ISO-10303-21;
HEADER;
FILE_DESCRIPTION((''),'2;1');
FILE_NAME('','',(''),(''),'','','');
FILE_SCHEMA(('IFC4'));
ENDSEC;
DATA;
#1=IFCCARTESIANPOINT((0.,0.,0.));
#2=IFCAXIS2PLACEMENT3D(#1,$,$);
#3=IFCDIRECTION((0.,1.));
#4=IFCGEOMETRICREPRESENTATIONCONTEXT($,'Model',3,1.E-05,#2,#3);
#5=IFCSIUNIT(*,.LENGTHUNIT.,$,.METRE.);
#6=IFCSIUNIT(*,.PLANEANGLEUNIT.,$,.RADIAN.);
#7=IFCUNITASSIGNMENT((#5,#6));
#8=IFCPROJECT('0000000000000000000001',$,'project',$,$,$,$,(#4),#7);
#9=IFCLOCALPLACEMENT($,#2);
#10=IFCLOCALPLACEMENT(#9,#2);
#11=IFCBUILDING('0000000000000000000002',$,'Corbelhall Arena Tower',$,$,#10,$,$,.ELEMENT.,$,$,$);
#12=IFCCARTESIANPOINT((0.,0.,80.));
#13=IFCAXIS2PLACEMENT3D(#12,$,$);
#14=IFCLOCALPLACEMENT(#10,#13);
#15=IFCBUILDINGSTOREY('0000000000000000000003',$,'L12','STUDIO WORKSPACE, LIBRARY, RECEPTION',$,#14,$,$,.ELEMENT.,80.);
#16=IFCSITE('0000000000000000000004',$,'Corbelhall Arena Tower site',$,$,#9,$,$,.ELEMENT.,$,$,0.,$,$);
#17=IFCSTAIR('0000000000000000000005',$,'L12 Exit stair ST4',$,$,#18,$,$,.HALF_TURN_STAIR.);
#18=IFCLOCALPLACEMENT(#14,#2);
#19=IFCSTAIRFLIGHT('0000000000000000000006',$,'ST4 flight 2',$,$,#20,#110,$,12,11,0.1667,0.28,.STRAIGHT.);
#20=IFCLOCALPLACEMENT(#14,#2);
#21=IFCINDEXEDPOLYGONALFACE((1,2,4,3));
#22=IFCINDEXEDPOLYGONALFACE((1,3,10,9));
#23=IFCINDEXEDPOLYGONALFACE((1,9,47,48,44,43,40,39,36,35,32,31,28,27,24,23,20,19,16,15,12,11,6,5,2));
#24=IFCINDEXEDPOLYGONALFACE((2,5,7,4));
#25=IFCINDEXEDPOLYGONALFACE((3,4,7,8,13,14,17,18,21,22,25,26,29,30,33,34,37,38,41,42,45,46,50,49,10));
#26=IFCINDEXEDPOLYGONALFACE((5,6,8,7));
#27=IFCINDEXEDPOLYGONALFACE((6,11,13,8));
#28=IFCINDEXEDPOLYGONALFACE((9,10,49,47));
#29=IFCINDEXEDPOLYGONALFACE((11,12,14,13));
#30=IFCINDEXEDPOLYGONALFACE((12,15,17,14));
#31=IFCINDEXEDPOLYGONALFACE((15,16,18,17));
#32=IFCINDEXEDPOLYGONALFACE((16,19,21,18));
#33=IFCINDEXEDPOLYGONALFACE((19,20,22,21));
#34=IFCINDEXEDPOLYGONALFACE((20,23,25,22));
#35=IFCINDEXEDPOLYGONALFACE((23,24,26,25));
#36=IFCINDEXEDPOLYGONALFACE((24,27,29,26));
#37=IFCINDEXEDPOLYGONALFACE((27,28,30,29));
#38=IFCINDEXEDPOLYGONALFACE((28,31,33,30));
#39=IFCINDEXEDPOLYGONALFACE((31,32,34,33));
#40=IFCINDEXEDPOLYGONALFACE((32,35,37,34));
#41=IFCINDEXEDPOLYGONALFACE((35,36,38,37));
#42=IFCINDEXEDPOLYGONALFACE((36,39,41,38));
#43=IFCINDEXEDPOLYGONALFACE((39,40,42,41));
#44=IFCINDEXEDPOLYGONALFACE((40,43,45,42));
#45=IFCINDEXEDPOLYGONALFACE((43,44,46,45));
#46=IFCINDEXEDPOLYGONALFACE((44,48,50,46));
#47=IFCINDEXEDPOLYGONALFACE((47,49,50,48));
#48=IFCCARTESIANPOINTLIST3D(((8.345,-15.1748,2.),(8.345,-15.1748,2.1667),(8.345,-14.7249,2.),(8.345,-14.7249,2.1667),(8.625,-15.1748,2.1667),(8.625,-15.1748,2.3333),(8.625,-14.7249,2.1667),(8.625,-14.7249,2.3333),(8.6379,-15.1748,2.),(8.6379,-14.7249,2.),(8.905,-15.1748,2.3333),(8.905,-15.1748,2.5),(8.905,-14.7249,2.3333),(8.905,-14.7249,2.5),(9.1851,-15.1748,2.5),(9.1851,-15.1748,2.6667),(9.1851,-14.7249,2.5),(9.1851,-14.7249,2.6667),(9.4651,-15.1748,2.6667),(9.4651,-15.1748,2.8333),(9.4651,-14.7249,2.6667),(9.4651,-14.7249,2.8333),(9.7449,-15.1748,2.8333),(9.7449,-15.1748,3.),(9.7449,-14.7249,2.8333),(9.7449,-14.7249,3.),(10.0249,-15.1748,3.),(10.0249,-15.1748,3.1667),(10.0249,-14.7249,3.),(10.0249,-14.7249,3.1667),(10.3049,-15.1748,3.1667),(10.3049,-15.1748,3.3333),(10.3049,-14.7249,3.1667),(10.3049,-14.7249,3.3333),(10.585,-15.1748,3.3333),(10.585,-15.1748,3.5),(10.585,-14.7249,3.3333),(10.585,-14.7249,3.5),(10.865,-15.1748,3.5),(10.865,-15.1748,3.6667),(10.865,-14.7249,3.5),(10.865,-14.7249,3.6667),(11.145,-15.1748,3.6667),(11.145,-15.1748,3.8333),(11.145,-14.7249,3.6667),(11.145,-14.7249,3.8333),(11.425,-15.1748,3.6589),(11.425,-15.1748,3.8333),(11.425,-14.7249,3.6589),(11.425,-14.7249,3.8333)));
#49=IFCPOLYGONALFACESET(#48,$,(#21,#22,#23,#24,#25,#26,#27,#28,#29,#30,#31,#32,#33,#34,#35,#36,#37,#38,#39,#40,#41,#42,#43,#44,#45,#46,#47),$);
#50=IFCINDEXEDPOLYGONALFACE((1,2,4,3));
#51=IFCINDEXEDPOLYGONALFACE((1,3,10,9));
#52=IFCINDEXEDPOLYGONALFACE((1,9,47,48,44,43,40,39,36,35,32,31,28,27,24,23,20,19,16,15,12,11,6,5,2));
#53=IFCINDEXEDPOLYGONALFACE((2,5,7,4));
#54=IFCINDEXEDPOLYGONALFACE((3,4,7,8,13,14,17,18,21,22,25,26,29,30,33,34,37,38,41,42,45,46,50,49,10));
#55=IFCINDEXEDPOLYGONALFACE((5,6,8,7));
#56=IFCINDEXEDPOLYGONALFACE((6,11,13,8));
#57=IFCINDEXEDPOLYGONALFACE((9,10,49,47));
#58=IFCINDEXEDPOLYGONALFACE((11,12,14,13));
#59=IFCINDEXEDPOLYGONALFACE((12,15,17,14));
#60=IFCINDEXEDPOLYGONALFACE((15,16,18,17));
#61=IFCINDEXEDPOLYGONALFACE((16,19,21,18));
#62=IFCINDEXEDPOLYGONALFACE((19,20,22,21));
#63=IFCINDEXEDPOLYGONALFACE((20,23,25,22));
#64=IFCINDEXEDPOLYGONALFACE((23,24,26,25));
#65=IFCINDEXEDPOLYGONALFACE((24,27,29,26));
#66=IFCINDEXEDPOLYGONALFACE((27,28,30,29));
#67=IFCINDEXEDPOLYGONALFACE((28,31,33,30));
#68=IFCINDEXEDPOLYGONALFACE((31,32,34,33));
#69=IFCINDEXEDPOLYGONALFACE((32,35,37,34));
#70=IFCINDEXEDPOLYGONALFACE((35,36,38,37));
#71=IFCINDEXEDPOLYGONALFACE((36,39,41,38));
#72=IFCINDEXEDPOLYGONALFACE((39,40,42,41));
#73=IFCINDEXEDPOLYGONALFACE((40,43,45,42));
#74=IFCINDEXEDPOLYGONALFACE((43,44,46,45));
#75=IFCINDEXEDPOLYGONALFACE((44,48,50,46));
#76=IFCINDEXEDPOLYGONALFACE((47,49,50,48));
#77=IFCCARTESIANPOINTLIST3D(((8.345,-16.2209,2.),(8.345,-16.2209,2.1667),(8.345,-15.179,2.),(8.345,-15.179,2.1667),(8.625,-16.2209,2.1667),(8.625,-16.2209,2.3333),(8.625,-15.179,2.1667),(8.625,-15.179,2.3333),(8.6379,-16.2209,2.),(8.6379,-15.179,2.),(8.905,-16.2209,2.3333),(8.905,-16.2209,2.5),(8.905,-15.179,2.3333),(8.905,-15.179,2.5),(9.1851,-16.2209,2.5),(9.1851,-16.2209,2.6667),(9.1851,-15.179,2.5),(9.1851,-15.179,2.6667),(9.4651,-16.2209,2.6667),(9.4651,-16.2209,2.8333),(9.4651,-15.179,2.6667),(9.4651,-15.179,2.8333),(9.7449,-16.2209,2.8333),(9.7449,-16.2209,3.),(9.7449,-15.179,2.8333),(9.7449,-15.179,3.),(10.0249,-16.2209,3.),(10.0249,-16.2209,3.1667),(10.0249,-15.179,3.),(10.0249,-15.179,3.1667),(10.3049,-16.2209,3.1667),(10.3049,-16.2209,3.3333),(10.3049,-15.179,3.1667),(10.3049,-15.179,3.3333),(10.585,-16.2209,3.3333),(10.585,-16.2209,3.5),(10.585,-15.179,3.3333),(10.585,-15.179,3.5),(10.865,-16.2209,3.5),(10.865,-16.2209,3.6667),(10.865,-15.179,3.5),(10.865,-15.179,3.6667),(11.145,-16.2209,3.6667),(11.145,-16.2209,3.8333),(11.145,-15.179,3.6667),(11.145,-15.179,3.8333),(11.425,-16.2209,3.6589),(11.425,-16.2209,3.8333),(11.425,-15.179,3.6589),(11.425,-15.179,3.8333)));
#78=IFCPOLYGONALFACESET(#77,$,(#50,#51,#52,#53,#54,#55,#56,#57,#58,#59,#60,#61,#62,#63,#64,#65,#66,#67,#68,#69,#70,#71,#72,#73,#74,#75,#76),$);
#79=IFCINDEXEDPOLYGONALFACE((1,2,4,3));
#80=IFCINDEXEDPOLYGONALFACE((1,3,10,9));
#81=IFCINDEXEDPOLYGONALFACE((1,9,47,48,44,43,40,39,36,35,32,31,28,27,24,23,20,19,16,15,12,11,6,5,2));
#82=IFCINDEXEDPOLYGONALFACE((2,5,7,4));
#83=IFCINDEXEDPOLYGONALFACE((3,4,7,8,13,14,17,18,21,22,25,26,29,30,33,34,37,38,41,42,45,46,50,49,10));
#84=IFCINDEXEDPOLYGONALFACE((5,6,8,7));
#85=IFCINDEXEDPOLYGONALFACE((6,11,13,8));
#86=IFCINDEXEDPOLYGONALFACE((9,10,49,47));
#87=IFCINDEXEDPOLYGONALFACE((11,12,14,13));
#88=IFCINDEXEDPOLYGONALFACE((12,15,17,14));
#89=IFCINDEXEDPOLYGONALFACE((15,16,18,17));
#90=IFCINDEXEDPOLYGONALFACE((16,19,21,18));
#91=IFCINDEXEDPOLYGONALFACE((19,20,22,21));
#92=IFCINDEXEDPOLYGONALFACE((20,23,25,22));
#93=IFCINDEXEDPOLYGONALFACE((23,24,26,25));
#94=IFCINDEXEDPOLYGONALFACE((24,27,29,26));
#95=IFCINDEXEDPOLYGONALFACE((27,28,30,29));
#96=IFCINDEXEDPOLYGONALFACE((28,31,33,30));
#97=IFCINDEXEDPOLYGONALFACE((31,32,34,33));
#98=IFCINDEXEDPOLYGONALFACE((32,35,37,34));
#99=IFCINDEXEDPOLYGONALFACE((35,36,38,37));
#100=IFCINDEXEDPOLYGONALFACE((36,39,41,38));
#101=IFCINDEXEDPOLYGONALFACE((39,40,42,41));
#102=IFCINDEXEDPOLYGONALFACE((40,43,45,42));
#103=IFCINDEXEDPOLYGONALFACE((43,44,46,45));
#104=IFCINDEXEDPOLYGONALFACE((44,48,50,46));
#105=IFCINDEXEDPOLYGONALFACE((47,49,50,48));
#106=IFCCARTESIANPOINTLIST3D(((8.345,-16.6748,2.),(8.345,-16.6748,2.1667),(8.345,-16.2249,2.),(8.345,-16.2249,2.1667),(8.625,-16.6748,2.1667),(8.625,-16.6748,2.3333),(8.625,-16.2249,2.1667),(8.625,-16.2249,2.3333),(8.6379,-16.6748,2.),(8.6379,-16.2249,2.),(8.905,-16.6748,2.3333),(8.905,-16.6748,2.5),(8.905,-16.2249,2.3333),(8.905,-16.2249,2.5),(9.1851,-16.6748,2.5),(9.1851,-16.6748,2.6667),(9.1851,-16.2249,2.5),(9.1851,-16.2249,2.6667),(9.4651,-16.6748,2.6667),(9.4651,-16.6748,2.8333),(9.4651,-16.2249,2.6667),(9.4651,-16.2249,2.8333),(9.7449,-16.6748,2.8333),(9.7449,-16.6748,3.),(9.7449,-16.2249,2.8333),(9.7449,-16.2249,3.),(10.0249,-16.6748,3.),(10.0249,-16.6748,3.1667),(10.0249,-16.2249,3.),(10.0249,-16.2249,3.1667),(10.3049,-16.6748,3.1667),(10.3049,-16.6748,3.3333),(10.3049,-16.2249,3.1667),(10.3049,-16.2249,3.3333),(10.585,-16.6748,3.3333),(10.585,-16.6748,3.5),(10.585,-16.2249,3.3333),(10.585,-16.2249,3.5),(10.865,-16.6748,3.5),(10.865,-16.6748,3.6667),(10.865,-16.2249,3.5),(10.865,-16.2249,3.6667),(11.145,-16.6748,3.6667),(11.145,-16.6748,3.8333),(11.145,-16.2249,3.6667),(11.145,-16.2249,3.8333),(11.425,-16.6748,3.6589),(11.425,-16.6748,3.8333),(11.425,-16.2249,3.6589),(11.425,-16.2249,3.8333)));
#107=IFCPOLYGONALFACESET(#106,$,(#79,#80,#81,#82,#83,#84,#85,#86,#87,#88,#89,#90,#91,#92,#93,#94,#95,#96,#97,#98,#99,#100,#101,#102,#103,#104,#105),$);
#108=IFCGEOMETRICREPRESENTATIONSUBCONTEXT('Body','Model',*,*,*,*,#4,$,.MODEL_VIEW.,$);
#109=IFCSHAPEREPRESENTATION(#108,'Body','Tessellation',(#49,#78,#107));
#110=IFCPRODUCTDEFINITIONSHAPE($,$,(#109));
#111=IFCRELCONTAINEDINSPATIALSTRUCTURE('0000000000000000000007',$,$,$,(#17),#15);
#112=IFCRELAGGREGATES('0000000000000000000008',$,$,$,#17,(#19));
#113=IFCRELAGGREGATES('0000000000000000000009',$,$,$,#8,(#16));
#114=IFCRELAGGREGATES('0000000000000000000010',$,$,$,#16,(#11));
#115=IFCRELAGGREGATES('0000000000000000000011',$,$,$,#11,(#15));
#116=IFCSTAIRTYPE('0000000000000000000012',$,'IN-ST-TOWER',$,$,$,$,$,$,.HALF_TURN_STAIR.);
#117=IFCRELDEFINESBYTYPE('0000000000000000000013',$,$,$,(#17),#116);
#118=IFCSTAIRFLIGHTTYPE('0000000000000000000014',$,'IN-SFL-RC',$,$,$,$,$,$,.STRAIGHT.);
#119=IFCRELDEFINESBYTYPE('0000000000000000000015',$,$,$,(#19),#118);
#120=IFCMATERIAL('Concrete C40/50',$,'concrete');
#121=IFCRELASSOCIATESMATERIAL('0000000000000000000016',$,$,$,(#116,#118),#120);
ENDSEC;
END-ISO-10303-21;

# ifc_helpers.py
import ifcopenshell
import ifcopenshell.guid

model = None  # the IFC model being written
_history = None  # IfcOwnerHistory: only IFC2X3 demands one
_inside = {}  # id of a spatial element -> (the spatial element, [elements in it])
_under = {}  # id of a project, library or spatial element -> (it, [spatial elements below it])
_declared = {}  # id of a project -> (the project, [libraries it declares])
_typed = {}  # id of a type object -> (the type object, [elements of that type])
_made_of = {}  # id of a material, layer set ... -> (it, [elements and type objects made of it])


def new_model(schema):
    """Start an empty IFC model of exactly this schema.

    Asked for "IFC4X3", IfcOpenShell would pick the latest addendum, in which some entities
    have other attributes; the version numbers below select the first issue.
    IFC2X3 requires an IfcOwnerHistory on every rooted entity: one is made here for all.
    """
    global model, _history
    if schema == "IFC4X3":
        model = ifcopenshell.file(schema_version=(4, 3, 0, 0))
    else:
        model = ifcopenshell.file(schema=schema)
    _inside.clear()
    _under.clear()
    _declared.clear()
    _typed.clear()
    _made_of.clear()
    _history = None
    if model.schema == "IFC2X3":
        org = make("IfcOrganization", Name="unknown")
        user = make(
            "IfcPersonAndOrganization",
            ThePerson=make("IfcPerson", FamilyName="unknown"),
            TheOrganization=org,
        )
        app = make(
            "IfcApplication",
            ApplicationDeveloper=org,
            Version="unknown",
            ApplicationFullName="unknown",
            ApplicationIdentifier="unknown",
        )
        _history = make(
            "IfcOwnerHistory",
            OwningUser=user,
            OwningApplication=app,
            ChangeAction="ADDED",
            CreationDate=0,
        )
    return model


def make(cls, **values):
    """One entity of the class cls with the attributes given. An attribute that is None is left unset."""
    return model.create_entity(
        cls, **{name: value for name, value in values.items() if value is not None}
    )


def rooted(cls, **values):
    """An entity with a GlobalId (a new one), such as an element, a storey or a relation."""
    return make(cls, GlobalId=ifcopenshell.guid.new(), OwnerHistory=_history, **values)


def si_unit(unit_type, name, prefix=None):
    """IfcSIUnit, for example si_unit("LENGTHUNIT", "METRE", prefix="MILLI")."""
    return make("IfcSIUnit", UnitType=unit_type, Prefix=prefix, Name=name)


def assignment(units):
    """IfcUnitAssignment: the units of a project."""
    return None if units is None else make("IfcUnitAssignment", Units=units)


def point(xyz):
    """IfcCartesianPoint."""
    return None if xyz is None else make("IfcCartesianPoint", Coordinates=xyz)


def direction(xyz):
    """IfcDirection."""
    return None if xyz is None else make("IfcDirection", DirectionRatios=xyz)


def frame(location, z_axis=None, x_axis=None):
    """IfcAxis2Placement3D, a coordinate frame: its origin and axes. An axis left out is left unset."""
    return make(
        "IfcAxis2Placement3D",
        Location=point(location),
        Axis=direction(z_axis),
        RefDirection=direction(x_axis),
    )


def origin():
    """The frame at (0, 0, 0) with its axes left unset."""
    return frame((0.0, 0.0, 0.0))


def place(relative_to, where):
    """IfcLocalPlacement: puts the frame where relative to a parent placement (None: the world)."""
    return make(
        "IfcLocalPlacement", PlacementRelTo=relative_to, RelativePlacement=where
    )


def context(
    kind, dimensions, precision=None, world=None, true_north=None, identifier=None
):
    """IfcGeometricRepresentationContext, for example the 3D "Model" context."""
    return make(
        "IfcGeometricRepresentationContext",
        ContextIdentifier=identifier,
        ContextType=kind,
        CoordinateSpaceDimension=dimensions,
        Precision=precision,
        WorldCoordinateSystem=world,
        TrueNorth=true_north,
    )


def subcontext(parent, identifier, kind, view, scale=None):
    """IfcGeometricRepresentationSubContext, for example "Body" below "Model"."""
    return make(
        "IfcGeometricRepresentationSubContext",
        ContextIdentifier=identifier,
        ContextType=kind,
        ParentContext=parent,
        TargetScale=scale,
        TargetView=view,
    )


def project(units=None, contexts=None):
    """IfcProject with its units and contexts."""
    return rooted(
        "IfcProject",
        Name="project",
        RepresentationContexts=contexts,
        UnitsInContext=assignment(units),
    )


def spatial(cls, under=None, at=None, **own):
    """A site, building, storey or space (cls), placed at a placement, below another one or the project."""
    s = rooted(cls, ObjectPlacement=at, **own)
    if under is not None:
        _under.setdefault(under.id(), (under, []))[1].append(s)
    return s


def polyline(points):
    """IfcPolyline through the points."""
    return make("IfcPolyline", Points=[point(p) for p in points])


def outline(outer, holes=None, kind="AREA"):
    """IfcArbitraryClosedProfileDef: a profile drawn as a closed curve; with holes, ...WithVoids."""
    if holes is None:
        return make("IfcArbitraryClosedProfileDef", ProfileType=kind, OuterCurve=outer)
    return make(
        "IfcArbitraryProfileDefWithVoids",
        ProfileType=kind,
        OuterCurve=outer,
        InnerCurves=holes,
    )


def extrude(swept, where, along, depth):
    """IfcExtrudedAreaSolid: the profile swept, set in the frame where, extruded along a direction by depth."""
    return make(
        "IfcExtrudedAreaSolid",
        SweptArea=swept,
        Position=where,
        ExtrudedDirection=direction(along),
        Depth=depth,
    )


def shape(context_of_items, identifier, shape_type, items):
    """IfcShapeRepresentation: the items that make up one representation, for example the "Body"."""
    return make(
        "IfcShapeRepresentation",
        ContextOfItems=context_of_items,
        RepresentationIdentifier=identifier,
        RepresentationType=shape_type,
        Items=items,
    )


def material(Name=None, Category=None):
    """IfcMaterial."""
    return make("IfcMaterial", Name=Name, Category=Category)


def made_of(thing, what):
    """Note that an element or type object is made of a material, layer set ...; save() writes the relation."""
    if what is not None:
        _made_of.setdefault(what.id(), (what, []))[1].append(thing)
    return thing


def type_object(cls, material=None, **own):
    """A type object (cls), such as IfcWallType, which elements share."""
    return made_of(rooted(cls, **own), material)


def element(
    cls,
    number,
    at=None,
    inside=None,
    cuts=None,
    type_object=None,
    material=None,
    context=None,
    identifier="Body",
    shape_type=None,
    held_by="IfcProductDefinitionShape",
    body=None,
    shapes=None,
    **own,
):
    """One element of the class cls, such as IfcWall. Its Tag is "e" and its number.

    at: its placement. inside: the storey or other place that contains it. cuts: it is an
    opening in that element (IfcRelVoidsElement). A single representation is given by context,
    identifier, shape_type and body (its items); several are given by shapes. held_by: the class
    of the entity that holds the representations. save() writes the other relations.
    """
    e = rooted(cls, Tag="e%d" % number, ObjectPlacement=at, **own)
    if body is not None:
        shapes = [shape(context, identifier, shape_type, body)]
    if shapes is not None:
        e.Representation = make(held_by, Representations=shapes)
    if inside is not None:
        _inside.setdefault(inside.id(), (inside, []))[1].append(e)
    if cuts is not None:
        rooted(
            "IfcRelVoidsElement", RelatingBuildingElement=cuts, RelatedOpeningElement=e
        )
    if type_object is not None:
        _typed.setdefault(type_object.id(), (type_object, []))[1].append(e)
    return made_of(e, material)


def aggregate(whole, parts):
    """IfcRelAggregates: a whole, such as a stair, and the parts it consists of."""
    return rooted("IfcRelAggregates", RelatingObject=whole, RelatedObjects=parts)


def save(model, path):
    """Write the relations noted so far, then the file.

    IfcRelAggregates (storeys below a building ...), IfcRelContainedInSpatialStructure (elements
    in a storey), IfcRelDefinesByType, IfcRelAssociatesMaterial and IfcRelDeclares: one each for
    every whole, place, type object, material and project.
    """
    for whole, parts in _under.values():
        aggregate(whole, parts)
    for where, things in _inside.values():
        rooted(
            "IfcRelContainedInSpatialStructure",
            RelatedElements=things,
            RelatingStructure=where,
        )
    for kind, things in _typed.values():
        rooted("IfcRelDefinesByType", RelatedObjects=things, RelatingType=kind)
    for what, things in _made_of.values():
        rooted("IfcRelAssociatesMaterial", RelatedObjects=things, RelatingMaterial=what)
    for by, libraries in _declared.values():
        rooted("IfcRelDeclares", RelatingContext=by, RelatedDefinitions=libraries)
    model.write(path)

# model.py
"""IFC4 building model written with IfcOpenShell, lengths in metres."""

from ifc_helpers import new_model, si_unit, direction, frame, origin, place, context, subcontext, project, spatial, polyline, outline, extrude, material, type_object, element, aggregate, save


model = new_model("IFC4")

# Units and contexts
model_context = context("Model", 3, precision=1e-05, world=origin(), true_north=direction((0.0, 1.0)))
body_context = subcontext(model_context, "Body", "Model", "MODEL_VIEW")
ifc_project = project(units=[si_unit("LENGTHUNIT", "METRE"), si_unit("PLANEANGLEUNIT", "RADIAN")], contexts=[model_context])

# Site, building, storey
site_placement = place(None, origin())
site = spatial("IfcSite", under=ifc_project, at=site_placement, Name="Corbelhall Arena Tower site", CompositionType="ELEMENT", RefElevation=0.0)
building_placement = place(site_placement, origin())
building = spatial("IfcBuilding", under=site, at=building_placement, Name="Corbelhall Arena Tower", CompositionType="ELEMENT")
storey_placement = place(building_placement, frame((0.0, 0.0, 80.0)))
storey = spatial("IfcBuildingStorey", under=building, at=storey_placement, Name="L12", Description="STUDIO WORKSPACE, LIBRARY, RECEPTION", CompositionType="ELEMENT", Elevation=80.0)

# Shared definitions
ifc_material_1 = material(Name="Concrete C40/50", Category="concrete")

# Stair, stair flight
stair_type = type_object("IfcStairType", Name="IN-ST-TOWER", PredefinedType="HALF_TURN_STAIR", material=ifc_material_1)
stair_placement = place(storey_placement, origin())
stair = element("IfcStair", 1, at=stair_placement, inside=storey, type_object=stair_type, Name="L12 Exit stair ST4", PredefinedType="HALF_TURN_STAIR")
stair_flight_type = type_object("IfcStairFlightType", Name="IN-SFL-RC", PredefinedType="STRAIGHT", material=ifc_material_1)
stair_flight_placement = place(storey_placement, frame((8.345, -15.7, 2.0), z_axis=(0.0, 0.0, 1.0), x_axis=(1.0, 0.0, 0.0)))
stair_flight = element("IfcStairFlight", 2, at=stair_flight_placement, type_object=stair_flight_type, Name="ST4 flight 2", NumberOfRisers=12, NumberOfTreads=11, PredefinedType="STRAIGHT", RiserHeight=0.1667, TreadLength=0.28, context=body_context, shape_type="SweptSolid", body=[
    extrude(outline(polyline([(0.0, 0.0), (0.0, 0.1667), (0.28, 0.1667), (0.28, 0.3333), (0.5601, 0.3333), (0.5601, 0.5), (0.8401, 0.5), (0.8401, 0.6667), (1.1201, 0.6667), (1.1201, 0.8333), (1.3999, 0.8333), (1.3999, 1.0), (1.6799, 1.0), (1.6799, 1.1667), (1.96, 1.1667), (1.96, 1.3333), (2.24, 1.3333), (2.24, 1.5), (2.52, 1.5), (2.52, 1.6667), (2.8, 1.6667), (2.8, 1.8333), (3.0801, 1.8333), (3.0801, 2.0), (3.0801, 1.6589), (0.293, 0.0), (0.0, 0.0)])), frame((0.0, 0.9751, 0.0), z_axis=(0.0, -1.0, 0.0), x_axis=(1.0, 0.0, 0.0)), (0.0, 0.0, 1.0), 0.45),
    extrude(outline(polyline([(0.0, 0.0), (0.0, 0.1667), (0.28, 0.1667), (0.28, 0.3333), (0.5601, 0.3333), (0.5601, 0.5), (0.8401, 0.5), (0.8401, 0.6667), (1.1201, 0.6667), (1.1201, 0.8333), (1.3999, 0.8333), (1.3999, 1.0), (1.6799, 1.0), (1.6799, 1.1667), (1.96, 1.1667), (1.96, 1.3333), (2.24, 1.3333), (2.24, 1.5), (2.52, 1.5), (2.52, 1.6667), (2.8, 1.6667), (2.8, 1.8333), (3.0801, 1.8333), (3.0801, 2.0), (3.0801, 1.6589), (0.293, 0.0), (0.0, 0.0)])), frame((0.0, 0.521, 0.0), z_axis=(0.0, -1.0, 0.0), x_axis=(1.0, 0.0, 0.0)), (0.0, 0.0, 1.0), 1.042),
    extrude(outline(polyline([(0.0, 0.0), (0.0, 0.1667), (0.28, 0.1667), (0.28, 0.3333), (0.5601, 0.3333), (0.5601, 0.5), (0.8401, 0.5), (0.8401, 0.6667), (1.1201, 0.6667), (1.1201, 0.8333), (1.3999, 0.8333), (1.3999, 1.0), (1.6799, 1.0), (1.6799, 1.1667), (1.96, 1.1667), (1.96, 1.3333), (2.24, 1.3333), (2.24, 1.5), (2.52, 1.5), (2.52, 1.6667), (2.8, 1.6667), (2.8, 1.8333), (3.0801, 1.8333), (3.0801, 2.0), (3.0801, 1.6589), (0.293, 0.0), (0.0, 0.0)])), frame((0.0, -0.5249, 0.0), z_axis=(0.0, -1.0, 0.0), x_axis=(1.0, 0.0, 0.0)), (0.0, 0.0, 1.0), 0.45),
])
aggregate(stair, [stair_flight])

save(model, "model.ifc")
